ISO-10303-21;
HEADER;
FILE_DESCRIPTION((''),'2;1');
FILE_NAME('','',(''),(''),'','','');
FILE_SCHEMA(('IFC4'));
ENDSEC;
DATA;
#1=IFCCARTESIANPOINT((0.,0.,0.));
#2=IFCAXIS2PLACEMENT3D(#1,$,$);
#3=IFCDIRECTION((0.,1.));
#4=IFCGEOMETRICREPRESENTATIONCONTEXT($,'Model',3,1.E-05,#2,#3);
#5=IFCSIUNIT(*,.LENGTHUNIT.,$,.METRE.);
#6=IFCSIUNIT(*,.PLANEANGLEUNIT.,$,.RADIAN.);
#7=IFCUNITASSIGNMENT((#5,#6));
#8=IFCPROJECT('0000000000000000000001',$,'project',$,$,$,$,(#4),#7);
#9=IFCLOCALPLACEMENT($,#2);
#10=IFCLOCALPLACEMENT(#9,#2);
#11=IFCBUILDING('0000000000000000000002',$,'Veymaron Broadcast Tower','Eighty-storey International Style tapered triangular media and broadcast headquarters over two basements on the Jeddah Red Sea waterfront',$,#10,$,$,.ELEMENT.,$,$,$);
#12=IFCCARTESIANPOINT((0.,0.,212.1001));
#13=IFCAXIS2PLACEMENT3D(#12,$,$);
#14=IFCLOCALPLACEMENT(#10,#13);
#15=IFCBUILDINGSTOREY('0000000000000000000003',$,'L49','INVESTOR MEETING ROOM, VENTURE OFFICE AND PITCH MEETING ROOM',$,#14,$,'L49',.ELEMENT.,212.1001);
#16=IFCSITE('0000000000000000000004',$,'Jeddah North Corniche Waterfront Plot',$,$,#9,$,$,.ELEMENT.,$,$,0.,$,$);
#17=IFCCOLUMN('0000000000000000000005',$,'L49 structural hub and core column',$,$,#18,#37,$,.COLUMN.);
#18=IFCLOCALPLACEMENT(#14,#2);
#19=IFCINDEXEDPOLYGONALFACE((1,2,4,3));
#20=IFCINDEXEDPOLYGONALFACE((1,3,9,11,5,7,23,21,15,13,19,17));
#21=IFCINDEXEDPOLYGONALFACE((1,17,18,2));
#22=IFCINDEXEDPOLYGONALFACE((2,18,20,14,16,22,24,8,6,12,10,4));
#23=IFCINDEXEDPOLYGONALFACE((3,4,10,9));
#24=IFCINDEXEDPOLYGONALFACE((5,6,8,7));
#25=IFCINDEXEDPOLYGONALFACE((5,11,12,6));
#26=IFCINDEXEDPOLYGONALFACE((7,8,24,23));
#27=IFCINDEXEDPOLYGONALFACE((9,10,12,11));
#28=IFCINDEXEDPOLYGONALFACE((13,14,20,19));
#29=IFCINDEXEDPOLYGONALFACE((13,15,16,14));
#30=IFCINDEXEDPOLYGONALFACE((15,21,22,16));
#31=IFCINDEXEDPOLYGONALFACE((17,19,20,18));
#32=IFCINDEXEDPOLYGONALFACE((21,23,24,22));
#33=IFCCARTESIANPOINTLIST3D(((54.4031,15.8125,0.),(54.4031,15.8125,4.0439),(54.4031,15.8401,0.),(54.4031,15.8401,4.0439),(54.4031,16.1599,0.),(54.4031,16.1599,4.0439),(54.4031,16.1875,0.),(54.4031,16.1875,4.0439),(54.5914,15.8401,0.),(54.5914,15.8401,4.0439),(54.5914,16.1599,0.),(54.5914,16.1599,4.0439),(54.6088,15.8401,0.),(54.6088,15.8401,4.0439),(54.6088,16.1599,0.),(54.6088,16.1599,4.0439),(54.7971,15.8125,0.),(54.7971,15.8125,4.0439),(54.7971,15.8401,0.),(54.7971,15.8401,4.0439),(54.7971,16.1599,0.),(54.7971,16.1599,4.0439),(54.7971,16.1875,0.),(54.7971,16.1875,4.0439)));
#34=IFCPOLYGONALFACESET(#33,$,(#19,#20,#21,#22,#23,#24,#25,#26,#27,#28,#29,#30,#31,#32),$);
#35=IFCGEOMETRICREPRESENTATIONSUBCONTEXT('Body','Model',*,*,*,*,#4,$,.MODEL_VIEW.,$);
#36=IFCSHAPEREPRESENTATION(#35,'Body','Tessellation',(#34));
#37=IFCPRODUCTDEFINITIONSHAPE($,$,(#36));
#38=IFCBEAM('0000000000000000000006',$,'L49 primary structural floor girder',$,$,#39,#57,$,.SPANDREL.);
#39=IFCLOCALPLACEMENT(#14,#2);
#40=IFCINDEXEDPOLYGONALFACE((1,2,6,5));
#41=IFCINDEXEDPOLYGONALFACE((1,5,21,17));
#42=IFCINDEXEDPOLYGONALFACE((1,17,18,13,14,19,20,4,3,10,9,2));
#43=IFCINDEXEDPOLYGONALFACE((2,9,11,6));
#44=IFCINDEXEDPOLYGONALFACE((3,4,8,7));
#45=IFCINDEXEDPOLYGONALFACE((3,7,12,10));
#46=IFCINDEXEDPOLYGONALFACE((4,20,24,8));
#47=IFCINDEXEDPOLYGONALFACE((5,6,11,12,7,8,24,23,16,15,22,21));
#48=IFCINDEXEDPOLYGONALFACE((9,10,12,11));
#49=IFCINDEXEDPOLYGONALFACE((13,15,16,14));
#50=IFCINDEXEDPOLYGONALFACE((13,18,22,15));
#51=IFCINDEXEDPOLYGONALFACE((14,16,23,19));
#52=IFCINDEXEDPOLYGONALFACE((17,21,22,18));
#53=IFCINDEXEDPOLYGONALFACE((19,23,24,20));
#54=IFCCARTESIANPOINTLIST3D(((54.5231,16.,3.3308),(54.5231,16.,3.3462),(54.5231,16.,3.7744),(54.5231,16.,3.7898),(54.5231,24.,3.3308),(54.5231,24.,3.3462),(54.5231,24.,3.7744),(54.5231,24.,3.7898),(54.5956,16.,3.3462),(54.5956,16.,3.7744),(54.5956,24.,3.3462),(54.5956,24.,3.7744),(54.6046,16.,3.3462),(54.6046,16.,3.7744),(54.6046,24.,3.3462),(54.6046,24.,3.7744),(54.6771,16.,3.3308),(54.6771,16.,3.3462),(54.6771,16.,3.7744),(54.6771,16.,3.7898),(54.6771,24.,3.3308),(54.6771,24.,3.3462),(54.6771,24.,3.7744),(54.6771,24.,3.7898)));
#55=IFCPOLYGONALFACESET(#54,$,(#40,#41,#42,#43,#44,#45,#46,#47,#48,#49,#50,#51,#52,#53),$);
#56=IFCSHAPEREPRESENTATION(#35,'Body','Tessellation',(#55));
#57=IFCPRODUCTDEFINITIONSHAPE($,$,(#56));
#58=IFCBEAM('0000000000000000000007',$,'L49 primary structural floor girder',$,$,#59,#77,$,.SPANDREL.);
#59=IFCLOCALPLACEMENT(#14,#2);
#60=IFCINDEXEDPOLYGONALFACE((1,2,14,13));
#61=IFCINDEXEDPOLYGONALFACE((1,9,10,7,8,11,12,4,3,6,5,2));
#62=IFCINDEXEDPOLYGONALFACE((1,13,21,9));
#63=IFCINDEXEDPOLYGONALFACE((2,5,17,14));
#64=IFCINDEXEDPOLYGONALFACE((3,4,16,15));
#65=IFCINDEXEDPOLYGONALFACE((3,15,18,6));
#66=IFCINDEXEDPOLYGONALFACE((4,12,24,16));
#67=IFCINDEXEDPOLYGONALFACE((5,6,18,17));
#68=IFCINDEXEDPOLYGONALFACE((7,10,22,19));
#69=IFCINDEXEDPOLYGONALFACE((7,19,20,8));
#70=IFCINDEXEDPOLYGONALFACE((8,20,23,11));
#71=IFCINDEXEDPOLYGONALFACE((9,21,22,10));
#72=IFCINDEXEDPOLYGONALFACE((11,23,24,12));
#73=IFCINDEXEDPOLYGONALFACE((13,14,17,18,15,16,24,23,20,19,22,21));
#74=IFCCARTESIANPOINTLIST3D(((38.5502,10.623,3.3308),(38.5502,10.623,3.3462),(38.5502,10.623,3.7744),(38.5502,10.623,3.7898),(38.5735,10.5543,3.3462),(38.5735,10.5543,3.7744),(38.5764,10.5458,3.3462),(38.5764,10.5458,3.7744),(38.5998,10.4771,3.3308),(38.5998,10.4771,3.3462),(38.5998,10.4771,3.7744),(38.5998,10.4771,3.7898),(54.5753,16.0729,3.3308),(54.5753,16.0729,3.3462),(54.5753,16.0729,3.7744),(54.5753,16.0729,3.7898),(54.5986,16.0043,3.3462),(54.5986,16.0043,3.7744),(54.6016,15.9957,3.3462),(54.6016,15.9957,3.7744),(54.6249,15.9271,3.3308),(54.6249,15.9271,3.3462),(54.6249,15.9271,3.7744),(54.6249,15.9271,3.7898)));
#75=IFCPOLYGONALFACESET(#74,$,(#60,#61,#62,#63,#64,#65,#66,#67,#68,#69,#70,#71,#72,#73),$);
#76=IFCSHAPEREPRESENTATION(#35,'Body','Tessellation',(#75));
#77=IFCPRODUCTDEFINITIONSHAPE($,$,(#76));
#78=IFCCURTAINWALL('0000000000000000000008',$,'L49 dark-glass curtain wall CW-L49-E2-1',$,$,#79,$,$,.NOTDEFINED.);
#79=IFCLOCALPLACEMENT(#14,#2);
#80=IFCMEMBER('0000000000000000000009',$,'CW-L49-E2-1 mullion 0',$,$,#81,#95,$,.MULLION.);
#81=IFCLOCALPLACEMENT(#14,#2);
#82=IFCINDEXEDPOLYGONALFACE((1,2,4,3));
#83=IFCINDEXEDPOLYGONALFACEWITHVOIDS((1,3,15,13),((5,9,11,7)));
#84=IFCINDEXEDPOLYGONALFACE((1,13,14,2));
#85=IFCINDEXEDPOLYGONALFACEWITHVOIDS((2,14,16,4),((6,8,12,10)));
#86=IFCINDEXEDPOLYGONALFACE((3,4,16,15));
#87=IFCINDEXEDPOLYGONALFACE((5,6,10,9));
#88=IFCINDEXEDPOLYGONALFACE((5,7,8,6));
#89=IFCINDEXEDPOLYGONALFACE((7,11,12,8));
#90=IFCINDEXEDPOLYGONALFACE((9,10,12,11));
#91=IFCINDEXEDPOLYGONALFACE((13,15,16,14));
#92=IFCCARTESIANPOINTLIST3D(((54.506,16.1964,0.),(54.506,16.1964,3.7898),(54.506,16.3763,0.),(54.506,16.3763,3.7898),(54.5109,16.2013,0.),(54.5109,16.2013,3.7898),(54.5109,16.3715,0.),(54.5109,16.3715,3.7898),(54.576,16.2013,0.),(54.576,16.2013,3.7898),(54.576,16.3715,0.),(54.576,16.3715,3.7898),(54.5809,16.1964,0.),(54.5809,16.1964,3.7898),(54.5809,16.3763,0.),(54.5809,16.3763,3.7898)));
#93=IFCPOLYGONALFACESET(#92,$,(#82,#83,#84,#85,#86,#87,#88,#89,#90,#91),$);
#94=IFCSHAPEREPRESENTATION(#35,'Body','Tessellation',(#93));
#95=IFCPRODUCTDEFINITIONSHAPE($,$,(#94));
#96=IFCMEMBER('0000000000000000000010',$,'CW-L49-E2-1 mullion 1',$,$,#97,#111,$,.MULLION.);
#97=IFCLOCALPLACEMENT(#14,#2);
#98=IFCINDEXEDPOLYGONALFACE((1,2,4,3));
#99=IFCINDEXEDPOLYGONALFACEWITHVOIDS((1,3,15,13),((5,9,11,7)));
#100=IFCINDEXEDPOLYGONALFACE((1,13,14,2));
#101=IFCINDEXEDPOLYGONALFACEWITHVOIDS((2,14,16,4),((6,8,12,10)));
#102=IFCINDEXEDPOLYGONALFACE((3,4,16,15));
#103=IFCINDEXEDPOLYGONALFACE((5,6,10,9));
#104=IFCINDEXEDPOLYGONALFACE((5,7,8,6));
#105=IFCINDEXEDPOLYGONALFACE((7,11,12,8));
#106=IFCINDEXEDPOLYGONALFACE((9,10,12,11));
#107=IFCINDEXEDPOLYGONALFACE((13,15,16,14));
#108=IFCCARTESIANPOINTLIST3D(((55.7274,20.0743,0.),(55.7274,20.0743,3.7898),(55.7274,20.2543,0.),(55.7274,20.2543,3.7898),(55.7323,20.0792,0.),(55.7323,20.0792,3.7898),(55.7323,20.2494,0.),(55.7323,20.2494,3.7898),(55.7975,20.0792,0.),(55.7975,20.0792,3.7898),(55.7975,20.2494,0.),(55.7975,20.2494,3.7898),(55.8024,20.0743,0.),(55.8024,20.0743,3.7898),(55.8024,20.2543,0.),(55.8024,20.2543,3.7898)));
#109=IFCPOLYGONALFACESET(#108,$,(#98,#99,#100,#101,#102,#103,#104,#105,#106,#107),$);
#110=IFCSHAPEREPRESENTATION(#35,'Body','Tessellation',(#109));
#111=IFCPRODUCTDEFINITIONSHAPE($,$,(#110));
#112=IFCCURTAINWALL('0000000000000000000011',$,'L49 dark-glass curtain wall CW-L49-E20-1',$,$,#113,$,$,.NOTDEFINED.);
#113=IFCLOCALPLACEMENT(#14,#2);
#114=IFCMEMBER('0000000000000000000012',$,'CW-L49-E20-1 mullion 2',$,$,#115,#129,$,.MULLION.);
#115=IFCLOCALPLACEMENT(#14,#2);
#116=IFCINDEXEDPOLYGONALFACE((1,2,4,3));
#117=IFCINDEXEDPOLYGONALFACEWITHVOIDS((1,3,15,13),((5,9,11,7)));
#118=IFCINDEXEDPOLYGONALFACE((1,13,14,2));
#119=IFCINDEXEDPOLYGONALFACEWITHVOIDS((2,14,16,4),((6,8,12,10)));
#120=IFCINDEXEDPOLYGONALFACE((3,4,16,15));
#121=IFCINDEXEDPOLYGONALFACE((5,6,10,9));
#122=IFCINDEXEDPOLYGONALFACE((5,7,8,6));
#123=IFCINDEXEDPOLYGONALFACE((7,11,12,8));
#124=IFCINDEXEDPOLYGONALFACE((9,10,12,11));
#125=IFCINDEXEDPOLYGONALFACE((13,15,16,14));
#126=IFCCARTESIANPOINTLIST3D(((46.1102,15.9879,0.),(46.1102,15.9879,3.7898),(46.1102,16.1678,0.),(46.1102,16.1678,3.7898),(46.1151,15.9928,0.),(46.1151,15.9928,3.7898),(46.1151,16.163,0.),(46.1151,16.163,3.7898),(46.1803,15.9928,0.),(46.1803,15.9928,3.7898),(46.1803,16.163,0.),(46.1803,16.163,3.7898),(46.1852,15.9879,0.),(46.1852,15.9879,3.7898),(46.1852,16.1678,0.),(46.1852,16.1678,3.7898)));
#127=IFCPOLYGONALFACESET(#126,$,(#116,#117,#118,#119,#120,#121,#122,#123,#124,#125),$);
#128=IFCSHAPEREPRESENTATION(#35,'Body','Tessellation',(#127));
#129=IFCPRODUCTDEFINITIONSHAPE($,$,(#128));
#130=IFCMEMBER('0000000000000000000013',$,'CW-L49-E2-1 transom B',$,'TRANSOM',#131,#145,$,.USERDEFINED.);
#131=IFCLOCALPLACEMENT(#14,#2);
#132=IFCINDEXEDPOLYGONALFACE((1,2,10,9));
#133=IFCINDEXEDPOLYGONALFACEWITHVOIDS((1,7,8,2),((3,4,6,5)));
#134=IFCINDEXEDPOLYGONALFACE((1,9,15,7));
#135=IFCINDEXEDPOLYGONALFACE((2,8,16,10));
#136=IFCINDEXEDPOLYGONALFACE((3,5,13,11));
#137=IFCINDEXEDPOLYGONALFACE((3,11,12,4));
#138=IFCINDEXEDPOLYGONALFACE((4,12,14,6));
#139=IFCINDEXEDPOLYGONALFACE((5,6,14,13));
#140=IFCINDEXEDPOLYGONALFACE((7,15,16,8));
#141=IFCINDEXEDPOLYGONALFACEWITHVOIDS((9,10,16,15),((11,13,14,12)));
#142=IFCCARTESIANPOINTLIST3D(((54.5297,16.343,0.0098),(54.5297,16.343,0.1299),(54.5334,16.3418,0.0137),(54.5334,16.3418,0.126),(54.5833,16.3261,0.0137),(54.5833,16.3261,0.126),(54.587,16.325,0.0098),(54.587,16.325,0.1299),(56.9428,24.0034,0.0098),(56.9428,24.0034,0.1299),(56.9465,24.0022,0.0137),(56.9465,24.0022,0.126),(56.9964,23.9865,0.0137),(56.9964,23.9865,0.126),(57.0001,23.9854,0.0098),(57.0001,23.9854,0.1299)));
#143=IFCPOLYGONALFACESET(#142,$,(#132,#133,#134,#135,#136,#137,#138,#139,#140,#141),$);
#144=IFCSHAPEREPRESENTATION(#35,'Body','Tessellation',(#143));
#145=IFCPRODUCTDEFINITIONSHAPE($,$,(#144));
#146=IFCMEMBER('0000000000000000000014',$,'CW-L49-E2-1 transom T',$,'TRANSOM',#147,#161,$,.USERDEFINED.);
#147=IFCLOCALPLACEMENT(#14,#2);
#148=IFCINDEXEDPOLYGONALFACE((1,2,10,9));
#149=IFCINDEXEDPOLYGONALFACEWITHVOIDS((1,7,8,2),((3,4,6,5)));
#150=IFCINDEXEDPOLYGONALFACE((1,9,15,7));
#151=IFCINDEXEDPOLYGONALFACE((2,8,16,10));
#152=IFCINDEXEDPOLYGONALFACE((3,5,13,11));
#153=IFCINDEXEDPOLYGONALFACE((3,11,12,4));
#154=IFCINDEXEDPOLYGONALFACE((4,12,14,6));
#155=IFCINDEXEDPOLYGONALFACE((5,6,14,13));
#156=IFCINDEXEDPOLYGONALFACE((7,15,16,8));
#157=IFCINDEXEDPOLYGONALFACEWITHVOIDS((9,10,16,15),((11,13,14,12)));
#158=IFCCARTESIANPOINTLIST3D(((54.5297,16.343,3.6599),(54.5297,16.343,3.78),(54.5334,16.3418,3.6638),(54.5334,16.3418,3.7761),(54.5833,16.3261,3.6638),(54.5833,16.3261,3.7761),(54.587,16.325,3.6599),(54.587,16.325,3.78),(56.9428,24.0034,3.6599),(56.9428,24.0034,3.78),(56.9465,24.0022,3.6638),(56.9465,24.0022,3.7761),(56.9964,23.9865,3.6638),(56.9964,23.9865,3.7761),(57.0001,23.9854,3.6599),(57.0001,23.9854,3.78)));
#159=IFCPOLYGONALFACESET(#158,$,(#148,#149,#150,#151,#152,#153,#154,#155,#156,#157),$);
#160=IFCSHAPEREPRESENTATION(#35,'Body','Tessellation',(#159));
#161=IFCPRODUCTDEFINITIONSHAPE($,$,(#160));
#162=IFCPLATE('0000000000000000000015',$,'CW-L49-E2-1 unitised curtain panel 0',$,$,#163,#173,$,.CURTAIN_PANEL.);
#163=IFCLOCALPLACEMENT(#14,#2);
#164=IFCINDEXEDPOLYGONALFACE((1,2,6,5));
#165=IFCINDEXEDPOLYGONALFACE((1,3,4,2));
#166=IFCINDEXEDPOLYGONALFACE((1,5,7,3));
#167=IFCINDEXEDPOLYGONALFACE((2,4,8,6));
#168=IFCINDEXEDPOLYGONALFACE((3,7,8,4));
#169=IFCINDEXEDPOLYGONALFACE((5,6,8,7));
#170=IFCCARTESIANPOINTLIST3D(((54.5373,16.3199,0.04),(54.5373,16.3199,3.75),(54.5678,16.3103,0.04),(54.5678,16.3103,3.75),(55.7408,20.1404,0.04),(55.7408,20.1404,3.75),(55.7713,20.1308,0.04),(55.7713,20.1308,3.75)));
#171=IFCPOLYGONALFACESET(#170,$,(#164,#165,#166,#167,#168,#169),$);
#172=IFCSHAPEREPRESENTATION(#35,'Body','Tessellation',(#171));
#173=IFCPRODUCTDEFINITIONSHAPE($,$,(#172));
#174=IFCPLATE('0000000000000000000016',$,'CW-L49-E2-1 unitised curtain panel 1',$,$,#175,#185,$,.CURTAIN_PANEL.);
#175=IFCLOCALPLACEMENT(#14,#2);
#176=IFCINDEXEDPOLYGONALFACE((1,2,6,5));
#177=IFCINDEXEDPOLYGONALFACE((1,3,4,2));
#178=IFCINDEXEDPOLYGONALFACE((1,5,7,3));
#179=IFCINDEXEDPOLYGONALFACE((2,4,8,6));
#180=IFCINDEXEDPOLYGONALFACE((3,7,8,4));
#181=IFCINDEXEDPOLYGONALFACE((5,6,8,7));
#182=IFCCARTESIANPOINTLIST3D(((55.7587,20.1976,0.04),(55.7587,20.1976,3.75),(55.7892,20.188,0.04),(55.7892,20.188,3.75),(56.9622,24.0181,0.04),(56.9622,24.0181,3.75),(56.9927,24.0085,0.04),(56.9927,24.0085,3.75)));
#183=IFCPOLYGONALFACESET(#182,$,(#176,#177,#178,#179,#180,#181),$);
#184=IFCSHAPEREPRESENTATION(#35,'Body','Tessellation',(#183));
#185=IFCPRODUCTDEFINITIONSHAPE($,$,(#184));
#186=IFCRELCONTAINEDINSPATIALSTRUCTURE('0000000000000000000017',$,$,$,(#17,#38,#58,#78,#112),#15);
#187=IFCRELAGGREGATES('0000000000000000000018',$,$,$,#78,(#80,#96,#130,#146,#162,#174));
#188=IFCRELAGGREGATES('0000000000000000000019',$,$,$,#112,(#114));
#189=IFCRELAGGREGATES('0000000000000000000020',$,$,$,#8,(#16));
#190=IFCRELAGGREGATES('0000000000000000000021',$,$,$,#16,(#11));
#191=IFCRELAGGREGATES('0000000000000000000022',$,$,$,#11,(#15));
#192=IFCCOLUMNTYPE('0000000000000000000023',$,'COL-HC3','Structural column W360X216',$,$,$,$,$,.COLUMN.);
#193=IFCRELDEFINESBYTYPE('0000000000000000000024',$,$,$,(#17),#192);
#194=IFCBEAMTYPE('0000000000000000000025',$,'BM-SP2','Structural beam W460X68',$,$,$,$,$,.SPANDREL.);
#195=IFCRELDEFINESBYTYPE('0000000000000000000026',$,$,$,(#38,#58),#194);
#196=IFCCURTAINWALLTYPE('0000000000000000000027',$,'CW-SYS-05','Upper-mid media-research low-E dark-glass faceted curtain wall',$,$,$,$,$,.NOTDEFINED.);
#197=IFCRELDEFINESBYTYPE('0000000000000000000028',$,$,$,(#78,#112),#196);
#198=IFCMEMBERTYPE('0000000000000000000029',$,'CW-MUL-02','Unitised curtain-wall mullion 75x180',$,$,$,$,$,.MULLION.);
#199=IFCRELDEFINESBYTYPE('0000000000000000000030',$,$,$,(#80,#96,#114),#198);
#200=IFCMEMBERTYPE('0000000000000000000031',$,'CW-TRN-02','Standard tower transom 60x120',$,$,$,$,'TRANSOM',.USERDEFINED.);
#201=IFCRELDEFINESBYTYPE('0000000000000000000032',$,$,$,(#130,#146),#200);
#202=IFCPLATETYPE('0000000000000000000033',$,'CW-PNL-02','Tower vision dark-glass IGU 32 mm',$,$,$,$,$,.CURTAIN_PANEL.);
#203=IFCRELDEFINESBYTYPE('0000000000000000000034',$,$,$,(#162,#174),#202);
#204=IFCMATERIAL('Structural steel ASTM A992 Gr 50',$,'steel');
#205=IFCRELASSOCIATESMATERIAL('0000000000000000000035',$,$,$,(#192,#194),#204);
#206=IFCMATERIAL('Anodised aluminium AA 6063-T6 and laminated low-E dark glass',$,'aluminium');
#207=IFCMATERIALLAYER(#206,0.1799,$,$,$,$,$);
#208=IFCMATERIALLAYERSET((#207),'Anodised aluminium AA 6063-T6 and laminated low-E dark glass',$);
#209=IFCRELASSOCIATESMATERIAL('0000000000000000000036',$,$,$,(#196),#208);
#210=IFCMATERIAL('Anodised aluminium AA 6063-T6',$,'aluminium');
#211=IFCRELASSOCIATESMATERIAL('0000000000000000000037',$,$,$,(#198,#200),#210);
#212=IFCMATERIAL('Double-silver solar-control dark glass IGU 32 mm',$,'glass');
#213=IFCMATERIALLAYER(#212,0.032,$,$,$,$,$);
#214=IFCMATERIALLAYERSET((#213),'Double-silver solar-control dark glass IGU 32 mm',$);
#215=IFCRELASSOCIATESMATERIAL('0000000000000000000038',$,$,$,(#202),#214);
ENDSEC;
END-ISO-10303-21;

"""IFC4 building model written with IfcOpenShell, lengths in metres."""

from ifc_helpers import new_model, si_unit, direction, frame, origin, origin_2d, place, context, subcontext, project, spatial, rectangle, hollow_rectangle, i_section, extrude, material, layer, layer_set, material_profile, profile_set, type_object, element, aggregate, save


model = new_model("IFC4")

# Units and contexts
model_context = context("Model", 3, precision=1e-05, world=origin(), true_north=direction((0.0, 1.0)))
body_context = subcontext(model_context, "Body", "Model", "MODEL_VIEW")
ifc_project = project(units=[si_unit("LENGTHUNIT", "METRE"), si_unit("PLANEANGLEUNIT", "RADIAN")], contexts=[model_context])

# Site, building, storey
site_placement = place(None, origin())
site = spatial("IfcSite", under=ifc_project, at=site_placement, Name="Jeddah North Corniche Waterfront Plot", CompositionType="ELEMENT", RefElevation=0.0)
building_placement = place(site_placement, origin())
building = spatial("IfcBuilding", under=site, at=building_placement, Name="Veymaron Broadcast Tower", Description="Eighty-storey International Style tapered triangular media and broadcast headquarters over two basements on the Jeddah Red Sea waterfront", CompositionType="ELEMENT")
storey_placement = place(building_placement, frame((0.0, 0.0, 212.1001)))
storey = spatial("IfcBuildingStorey", under=building, at=storey_placement, Name="L49", Description="INVESTOR MEETING ROOM, VENTURE OFFICE AND PITCH MEETING ROOM", LongName="L49", CompositionType="ELEMENT", Elevation=212.1001)

# Column
ifc_material_1 = material(Name="Structural steel ASTM A992 Gr 50", Category="steel")
ifc_material_profile_1 = material_profile(ifc_material_1, i_section(OverallWidth=0.394, OverallDepth=0.375, WebThickness=0.0173, FlangeThickness=0.0276, at=origin_2d()), Name="W360X216")
ifc_profile_set_1 = profile_set([ifc_material_profile_1], Name="Structural steel ASTM A992 Gr 50")
column_type = type_object("IfcColumnType", Name="COL-HC3", Description="Structural column W360X216", PredefinedType="COLUMN", material=ifc_profile_set_1)
column_placement = place(storey_placement, frame((54.6001, 16.0, 0.0), z_axis=(0.0, 0.0, 1.0), x_axis=(1.0, 0.0, 0.0)))
element("IfcColumn", 1, at=column_placement, inside=storey, type_object=column_type, Name="L49 structural hub and core column", PredefinedType="COLUMN", context=body_context, shape_type="SweptSolid", body=[
    extrude(i_section(OverallWidth=0.394, OverallDepth=0.375, WebThickness=0.0173, FlangeThickness=0.0276, at=origin_2d()), origin(), (0.0, 0.0, 1.0), 4.0439),
])

# Beams
ifc_material_profile_2 = material_profile(ifc_material_1, i_section(OverallWidth=0.1541, OverallDepth=0.459, WebThickness=0.009, FlangeThickness=0.0154, at=origin_2d()), Name="W460X68")
ifc_profile_set_2 = profile_set([ifc_material_profile_2], Name="Structural steel ASTM A992 Gr 50")
beam_type = type_object("IfcBeamType", Name="BM-SP2", Description="Structural beam W460X68", PredefinedType="SPANDREL", material=ifc_profile_set_2)
beam_1_placement = place(storey_placement, frame((54.6001, 16.0, 3.5603), z_axis=(0.0, 1.0, 0.0), x_axis=(-1.0, 0.0, 0.0)))
element("IfcBeam", 2, at=beam_1_placement, inside=storey, type_object=beam_type, Name="L49 primary structural floor girder", PredefinedType="SPANDREL", context=body_context, shape_type="SweptSolid", body=[
    extrude(i_section(OverallWidth=0.1541, OverallDepth=0.459, WebThickness=0.009, FlangeThickness=0.0154, at=origin_2d()), origin(), (0.0, 0.0, 1.0), 8.0),
])
beam_2_placement = place(storey_placement, frame((54.6001, 16.0, 3.5603), z_axis=(-0.946748, -0.321977, 0.0), x_axis=(0.321977, -0.946748, 0.0)))
element("IfcBeam", 3, at=beam_2_placement, inside=storey, type_object=beam_type, Name="L49 primary structural floor girder", PredefinedType="SPANDREL", context=body_context, shape_type="SweptSolid", body=[
    extrude(i_section(OverallWidth=0.1541, OverallDepth=0.459, WebThickness=0.009, FlangeThickness=0.0154, at=origin_2d()), origin(), (0.0, 0.0, 1.0), 16.9265),
])

# Curtain wall, members
ifc_material_2 = material(Name="Anodised aluminium AA 6063-T6 and laminated low-E dark glass", Category="aluminium")
ifc_layer_1 = layer(ifc_material_2, 0.1799)
ifc_layer_set_1 = layer_set([ifc_layer_1], Name="Anodised aluminium AA 6063-T6 and laminated low-E dark glass")
curtain_wall_type = type_object("IfcCurtainWallType", Name="CW-SYS-05", Description="Upper-mid media-research low-E dark-glass faceted curtain wall", PredefinedType="NOTDEFINED", material=ifc_layer_set_1)
curtain_wall_1_placement = place(storey_placement, origin())
curtain_wall_1 = element("IfcCurtainWall", 4, at=curtain_wall_1_placement, inside=storey, type_object=curtain_wall_type, Name="L49 dark-glass curtain wall CW-L49-E2-1", PredefinedType="NOTDEFINED")
ifc_material_3 = material(Name="Anodised aluminium AA 6063-T6", Category="aluminium")
ifc_material_profile_3 = material_profile(ifc_material_3, hollow_rectangle(XDim=0.075, YDim=0.1799, WallThickness=0.0049, at=origin_2d()), Name="AL180X75X5")
ifc_profile_set_3 = profile_set([ifc_material_profile_3], Name="Anodised aluminium AA 6063-T6")
member_type_1 = type_object("IfcMemberType", Name="CW-MUL-02", Description="Unitised curtain-wall mullion 75x180", PredefinedType="MULLION", material=ifc_profile_set_3)
member_1_placement = place(storey_placement, frame((54.5435, 16.2864, 0.0), z_axis=(0.0, 0.0, 1.0), x_axis=(1.0, 0.0, 0.0)))
member_1 = element("IfcMember", 5, at=member_1_placement, type_object=member_type_1, Name="CW-L49-E2-1 mullion 0", PredefinedType="MULLION", context=body_context, shape_type="SweptSolid", body=[
    extrude(hollow_rectangle(XDim=0.075, YDim=0.1799, WallThickness=0.0049, at=origin_2d()), origin(), (0.0, 0.0, 1.0), 3.7898),
])
member_2_placement = place(storey_placement, frame((55.7649, 20.1643, 0.0), z_axis=(0.0, 0.0, 1.0), x_axis=(1.0, 0.0, 0.0)))
member_2 = element("IfcMember", 6, at=member_2_placement, type_object=member_type_1, Name="CW-L49-E2-1 mullion 1", PredefinedType="MULLION", context=body_context, shape_type="SweptSolid", body=[
    extrude(hollow_rectangle(XDim=0.075, YDim=0.1799, WallThickness=0.0049, at=origin_2d()), origin(), (0.0, 0.0, 1.0), 3.7898),
])

# Curtain wall, member
curtain_wall_2_placement = place(storey_placement, origin())
curtain_wall_2 = element("IfcCurtainWall", 7, at=curtain_wall_2_placement, inside=storey, type_object=curtain_wall_type, Name="L49 dark-glass curtain wall CW-L49-E20-1", PredefinedType="NOTDEFINED")
member_3_placement = place(storey_placement, frame((46.1477, 16.0779, 0.0), z_axis=(0.0, 0.0, 1.0), x_axis=(1.0, 0.0, 0.0)))
member_3 = element("IfcMember", 8, at=member_3_placement, type_object=member_type_1, Name="CW-L49-E20-1 mullion 2", PredefinedType="MULLION", context=body_context, shape_type="SweptSolid", body=[
    extrude(hollow_rectangle(XDim=0.075, YDim=0.1799, WallThickness=0.0049, at=origin_2d()), origin(), (0.0, 0.0, 1.0), 3.7898),
])

# Members
ifc_material_profile_4 = material_profile(ifc_material_3, hollow_rectangle(XDim=0.0601, YDim=0.1201, WallThickness=0.0039, at=origin_2d()), Name="AL120X60X4")
ifc_profile_set_4 = profile_set([ifc_material_profile_4], Name="Anodised aluminium AA 6063-T6")
member_type_2 = type_object("IfcMemberType", Name="CW-TRN-02", Description="Standard tower transom 60x120", ElementType="TRANSOM", PredefinedType="USERDEFINED", material=ifc_profile_set_4)
member_4_placement = place(storey_placement, frame((54.5583, 16.334, 0.0698), z_axis=(0.300453, 0.953797, 0.0), x_axis=(-0.953797, 0.300453, 0.0)))
member_4 = element("IfcMember", 9, at=member_4_placement, type_object=member_type_2, Name="CW-L49-E2-1 transom B", ObjectType="TRANSOM", PredefinedType="USERDEFINED", context=body_context, shape_type="SweptSolid", body=[
    extrude(hollow_rectangle(XDim=0.0601, YDim=0.1201, WallThickness=0.0039, at=origin_2d()), origin(), (0.0, 0.0, 1.0), 8.0315),
])
member_5_placement = place(storey_placement, frame((54.5583, 16.334, 3.72), z_axis=(0.300453, 0.953797, 0.0), x_axis=(-0.953797, 0.300453, 0.0)))
member_5 = element("IfcMember", 10, at=member_5_placement, type_object=member_type_2, Name="CW-L49-E2-1 transom T", ObjectType="TRANSOM", PredefinedType="USERDEFINED", context=body_context, shape_type="SweptSolid", body=[
    extrude(hollow_rectangle(XDim=0.0601, YDim=0.1201, WallThickness=0.0039, at=origin_2d()), origin(), (0.0, 0.0, 1.0), 8.0315),
])

# Plates
ifc_material_4 = material(Name="Double-silver solar-control dark glass IGU 32 mm", Category="glass")
ifc_layer_2 = layer(ifc_material_4, 0.032)
ifc_layer_set_2 = layer_set([ifc_layer_2], Name="Double-silver solar-control dark glass IGU 32 mm")
plate_type = type_object("IfcPlateType", Name="CW-PNL-02", Description="Tower vision dark-glass IGU 32 mm", PredefinedType="CURTAIN_PANEL", material=ifc_layer_set_2)
plate_1_placement = place(storey_placement, frame((55.1543, 18.2253, 0.04), z_axis=(0.0, 0.0, 1.0), x_axis=(0.300456, 0.953796, 0.0)))
plate_1 = element("IfcPlate", 11, at=plate_1_placement, type_object=plate_type, Name="CW-L49-E2-1 unitised curtain panel 0", PredefinedType="CURTAIN_PANEL", context=body_context, shape_type="SweptSolid", body=[
    extrude(rectangle(XDim=4.0056, YDim=0.032, at=origin_2d()), origin(), (0.0, 0.0, 1.0), 3.71),
])
plate_2_placement = place(storey_placement, frame((56.3757, 22.103, 0.04), z_axis=(0.0, 0.0, 1.0), x_axis=(0.300456, 0.953796, 0.0)))
plate_2 = element("IfcPlate", 12, at=plate_2_placement, type_object=plate_type, Name="CW-L49-E2-1 unitised curtain panel 1", PredefinedType="CURTAIN_PANEL", context=body_context, shape_type="SweptSolid", body=[
    extrude(rectangle(XDim=4.0056, YDim=0.032, at=origin_2d()), origin(), (0.0, 0.0, 1.0), 3.71),
])
aggregate(curtain_wall_1, [member_1, member_2, member_4, member_5, plate_1, plate_2])
aggregate(curtain_wall_2, [member_3])

save(model, "model.ifc")
